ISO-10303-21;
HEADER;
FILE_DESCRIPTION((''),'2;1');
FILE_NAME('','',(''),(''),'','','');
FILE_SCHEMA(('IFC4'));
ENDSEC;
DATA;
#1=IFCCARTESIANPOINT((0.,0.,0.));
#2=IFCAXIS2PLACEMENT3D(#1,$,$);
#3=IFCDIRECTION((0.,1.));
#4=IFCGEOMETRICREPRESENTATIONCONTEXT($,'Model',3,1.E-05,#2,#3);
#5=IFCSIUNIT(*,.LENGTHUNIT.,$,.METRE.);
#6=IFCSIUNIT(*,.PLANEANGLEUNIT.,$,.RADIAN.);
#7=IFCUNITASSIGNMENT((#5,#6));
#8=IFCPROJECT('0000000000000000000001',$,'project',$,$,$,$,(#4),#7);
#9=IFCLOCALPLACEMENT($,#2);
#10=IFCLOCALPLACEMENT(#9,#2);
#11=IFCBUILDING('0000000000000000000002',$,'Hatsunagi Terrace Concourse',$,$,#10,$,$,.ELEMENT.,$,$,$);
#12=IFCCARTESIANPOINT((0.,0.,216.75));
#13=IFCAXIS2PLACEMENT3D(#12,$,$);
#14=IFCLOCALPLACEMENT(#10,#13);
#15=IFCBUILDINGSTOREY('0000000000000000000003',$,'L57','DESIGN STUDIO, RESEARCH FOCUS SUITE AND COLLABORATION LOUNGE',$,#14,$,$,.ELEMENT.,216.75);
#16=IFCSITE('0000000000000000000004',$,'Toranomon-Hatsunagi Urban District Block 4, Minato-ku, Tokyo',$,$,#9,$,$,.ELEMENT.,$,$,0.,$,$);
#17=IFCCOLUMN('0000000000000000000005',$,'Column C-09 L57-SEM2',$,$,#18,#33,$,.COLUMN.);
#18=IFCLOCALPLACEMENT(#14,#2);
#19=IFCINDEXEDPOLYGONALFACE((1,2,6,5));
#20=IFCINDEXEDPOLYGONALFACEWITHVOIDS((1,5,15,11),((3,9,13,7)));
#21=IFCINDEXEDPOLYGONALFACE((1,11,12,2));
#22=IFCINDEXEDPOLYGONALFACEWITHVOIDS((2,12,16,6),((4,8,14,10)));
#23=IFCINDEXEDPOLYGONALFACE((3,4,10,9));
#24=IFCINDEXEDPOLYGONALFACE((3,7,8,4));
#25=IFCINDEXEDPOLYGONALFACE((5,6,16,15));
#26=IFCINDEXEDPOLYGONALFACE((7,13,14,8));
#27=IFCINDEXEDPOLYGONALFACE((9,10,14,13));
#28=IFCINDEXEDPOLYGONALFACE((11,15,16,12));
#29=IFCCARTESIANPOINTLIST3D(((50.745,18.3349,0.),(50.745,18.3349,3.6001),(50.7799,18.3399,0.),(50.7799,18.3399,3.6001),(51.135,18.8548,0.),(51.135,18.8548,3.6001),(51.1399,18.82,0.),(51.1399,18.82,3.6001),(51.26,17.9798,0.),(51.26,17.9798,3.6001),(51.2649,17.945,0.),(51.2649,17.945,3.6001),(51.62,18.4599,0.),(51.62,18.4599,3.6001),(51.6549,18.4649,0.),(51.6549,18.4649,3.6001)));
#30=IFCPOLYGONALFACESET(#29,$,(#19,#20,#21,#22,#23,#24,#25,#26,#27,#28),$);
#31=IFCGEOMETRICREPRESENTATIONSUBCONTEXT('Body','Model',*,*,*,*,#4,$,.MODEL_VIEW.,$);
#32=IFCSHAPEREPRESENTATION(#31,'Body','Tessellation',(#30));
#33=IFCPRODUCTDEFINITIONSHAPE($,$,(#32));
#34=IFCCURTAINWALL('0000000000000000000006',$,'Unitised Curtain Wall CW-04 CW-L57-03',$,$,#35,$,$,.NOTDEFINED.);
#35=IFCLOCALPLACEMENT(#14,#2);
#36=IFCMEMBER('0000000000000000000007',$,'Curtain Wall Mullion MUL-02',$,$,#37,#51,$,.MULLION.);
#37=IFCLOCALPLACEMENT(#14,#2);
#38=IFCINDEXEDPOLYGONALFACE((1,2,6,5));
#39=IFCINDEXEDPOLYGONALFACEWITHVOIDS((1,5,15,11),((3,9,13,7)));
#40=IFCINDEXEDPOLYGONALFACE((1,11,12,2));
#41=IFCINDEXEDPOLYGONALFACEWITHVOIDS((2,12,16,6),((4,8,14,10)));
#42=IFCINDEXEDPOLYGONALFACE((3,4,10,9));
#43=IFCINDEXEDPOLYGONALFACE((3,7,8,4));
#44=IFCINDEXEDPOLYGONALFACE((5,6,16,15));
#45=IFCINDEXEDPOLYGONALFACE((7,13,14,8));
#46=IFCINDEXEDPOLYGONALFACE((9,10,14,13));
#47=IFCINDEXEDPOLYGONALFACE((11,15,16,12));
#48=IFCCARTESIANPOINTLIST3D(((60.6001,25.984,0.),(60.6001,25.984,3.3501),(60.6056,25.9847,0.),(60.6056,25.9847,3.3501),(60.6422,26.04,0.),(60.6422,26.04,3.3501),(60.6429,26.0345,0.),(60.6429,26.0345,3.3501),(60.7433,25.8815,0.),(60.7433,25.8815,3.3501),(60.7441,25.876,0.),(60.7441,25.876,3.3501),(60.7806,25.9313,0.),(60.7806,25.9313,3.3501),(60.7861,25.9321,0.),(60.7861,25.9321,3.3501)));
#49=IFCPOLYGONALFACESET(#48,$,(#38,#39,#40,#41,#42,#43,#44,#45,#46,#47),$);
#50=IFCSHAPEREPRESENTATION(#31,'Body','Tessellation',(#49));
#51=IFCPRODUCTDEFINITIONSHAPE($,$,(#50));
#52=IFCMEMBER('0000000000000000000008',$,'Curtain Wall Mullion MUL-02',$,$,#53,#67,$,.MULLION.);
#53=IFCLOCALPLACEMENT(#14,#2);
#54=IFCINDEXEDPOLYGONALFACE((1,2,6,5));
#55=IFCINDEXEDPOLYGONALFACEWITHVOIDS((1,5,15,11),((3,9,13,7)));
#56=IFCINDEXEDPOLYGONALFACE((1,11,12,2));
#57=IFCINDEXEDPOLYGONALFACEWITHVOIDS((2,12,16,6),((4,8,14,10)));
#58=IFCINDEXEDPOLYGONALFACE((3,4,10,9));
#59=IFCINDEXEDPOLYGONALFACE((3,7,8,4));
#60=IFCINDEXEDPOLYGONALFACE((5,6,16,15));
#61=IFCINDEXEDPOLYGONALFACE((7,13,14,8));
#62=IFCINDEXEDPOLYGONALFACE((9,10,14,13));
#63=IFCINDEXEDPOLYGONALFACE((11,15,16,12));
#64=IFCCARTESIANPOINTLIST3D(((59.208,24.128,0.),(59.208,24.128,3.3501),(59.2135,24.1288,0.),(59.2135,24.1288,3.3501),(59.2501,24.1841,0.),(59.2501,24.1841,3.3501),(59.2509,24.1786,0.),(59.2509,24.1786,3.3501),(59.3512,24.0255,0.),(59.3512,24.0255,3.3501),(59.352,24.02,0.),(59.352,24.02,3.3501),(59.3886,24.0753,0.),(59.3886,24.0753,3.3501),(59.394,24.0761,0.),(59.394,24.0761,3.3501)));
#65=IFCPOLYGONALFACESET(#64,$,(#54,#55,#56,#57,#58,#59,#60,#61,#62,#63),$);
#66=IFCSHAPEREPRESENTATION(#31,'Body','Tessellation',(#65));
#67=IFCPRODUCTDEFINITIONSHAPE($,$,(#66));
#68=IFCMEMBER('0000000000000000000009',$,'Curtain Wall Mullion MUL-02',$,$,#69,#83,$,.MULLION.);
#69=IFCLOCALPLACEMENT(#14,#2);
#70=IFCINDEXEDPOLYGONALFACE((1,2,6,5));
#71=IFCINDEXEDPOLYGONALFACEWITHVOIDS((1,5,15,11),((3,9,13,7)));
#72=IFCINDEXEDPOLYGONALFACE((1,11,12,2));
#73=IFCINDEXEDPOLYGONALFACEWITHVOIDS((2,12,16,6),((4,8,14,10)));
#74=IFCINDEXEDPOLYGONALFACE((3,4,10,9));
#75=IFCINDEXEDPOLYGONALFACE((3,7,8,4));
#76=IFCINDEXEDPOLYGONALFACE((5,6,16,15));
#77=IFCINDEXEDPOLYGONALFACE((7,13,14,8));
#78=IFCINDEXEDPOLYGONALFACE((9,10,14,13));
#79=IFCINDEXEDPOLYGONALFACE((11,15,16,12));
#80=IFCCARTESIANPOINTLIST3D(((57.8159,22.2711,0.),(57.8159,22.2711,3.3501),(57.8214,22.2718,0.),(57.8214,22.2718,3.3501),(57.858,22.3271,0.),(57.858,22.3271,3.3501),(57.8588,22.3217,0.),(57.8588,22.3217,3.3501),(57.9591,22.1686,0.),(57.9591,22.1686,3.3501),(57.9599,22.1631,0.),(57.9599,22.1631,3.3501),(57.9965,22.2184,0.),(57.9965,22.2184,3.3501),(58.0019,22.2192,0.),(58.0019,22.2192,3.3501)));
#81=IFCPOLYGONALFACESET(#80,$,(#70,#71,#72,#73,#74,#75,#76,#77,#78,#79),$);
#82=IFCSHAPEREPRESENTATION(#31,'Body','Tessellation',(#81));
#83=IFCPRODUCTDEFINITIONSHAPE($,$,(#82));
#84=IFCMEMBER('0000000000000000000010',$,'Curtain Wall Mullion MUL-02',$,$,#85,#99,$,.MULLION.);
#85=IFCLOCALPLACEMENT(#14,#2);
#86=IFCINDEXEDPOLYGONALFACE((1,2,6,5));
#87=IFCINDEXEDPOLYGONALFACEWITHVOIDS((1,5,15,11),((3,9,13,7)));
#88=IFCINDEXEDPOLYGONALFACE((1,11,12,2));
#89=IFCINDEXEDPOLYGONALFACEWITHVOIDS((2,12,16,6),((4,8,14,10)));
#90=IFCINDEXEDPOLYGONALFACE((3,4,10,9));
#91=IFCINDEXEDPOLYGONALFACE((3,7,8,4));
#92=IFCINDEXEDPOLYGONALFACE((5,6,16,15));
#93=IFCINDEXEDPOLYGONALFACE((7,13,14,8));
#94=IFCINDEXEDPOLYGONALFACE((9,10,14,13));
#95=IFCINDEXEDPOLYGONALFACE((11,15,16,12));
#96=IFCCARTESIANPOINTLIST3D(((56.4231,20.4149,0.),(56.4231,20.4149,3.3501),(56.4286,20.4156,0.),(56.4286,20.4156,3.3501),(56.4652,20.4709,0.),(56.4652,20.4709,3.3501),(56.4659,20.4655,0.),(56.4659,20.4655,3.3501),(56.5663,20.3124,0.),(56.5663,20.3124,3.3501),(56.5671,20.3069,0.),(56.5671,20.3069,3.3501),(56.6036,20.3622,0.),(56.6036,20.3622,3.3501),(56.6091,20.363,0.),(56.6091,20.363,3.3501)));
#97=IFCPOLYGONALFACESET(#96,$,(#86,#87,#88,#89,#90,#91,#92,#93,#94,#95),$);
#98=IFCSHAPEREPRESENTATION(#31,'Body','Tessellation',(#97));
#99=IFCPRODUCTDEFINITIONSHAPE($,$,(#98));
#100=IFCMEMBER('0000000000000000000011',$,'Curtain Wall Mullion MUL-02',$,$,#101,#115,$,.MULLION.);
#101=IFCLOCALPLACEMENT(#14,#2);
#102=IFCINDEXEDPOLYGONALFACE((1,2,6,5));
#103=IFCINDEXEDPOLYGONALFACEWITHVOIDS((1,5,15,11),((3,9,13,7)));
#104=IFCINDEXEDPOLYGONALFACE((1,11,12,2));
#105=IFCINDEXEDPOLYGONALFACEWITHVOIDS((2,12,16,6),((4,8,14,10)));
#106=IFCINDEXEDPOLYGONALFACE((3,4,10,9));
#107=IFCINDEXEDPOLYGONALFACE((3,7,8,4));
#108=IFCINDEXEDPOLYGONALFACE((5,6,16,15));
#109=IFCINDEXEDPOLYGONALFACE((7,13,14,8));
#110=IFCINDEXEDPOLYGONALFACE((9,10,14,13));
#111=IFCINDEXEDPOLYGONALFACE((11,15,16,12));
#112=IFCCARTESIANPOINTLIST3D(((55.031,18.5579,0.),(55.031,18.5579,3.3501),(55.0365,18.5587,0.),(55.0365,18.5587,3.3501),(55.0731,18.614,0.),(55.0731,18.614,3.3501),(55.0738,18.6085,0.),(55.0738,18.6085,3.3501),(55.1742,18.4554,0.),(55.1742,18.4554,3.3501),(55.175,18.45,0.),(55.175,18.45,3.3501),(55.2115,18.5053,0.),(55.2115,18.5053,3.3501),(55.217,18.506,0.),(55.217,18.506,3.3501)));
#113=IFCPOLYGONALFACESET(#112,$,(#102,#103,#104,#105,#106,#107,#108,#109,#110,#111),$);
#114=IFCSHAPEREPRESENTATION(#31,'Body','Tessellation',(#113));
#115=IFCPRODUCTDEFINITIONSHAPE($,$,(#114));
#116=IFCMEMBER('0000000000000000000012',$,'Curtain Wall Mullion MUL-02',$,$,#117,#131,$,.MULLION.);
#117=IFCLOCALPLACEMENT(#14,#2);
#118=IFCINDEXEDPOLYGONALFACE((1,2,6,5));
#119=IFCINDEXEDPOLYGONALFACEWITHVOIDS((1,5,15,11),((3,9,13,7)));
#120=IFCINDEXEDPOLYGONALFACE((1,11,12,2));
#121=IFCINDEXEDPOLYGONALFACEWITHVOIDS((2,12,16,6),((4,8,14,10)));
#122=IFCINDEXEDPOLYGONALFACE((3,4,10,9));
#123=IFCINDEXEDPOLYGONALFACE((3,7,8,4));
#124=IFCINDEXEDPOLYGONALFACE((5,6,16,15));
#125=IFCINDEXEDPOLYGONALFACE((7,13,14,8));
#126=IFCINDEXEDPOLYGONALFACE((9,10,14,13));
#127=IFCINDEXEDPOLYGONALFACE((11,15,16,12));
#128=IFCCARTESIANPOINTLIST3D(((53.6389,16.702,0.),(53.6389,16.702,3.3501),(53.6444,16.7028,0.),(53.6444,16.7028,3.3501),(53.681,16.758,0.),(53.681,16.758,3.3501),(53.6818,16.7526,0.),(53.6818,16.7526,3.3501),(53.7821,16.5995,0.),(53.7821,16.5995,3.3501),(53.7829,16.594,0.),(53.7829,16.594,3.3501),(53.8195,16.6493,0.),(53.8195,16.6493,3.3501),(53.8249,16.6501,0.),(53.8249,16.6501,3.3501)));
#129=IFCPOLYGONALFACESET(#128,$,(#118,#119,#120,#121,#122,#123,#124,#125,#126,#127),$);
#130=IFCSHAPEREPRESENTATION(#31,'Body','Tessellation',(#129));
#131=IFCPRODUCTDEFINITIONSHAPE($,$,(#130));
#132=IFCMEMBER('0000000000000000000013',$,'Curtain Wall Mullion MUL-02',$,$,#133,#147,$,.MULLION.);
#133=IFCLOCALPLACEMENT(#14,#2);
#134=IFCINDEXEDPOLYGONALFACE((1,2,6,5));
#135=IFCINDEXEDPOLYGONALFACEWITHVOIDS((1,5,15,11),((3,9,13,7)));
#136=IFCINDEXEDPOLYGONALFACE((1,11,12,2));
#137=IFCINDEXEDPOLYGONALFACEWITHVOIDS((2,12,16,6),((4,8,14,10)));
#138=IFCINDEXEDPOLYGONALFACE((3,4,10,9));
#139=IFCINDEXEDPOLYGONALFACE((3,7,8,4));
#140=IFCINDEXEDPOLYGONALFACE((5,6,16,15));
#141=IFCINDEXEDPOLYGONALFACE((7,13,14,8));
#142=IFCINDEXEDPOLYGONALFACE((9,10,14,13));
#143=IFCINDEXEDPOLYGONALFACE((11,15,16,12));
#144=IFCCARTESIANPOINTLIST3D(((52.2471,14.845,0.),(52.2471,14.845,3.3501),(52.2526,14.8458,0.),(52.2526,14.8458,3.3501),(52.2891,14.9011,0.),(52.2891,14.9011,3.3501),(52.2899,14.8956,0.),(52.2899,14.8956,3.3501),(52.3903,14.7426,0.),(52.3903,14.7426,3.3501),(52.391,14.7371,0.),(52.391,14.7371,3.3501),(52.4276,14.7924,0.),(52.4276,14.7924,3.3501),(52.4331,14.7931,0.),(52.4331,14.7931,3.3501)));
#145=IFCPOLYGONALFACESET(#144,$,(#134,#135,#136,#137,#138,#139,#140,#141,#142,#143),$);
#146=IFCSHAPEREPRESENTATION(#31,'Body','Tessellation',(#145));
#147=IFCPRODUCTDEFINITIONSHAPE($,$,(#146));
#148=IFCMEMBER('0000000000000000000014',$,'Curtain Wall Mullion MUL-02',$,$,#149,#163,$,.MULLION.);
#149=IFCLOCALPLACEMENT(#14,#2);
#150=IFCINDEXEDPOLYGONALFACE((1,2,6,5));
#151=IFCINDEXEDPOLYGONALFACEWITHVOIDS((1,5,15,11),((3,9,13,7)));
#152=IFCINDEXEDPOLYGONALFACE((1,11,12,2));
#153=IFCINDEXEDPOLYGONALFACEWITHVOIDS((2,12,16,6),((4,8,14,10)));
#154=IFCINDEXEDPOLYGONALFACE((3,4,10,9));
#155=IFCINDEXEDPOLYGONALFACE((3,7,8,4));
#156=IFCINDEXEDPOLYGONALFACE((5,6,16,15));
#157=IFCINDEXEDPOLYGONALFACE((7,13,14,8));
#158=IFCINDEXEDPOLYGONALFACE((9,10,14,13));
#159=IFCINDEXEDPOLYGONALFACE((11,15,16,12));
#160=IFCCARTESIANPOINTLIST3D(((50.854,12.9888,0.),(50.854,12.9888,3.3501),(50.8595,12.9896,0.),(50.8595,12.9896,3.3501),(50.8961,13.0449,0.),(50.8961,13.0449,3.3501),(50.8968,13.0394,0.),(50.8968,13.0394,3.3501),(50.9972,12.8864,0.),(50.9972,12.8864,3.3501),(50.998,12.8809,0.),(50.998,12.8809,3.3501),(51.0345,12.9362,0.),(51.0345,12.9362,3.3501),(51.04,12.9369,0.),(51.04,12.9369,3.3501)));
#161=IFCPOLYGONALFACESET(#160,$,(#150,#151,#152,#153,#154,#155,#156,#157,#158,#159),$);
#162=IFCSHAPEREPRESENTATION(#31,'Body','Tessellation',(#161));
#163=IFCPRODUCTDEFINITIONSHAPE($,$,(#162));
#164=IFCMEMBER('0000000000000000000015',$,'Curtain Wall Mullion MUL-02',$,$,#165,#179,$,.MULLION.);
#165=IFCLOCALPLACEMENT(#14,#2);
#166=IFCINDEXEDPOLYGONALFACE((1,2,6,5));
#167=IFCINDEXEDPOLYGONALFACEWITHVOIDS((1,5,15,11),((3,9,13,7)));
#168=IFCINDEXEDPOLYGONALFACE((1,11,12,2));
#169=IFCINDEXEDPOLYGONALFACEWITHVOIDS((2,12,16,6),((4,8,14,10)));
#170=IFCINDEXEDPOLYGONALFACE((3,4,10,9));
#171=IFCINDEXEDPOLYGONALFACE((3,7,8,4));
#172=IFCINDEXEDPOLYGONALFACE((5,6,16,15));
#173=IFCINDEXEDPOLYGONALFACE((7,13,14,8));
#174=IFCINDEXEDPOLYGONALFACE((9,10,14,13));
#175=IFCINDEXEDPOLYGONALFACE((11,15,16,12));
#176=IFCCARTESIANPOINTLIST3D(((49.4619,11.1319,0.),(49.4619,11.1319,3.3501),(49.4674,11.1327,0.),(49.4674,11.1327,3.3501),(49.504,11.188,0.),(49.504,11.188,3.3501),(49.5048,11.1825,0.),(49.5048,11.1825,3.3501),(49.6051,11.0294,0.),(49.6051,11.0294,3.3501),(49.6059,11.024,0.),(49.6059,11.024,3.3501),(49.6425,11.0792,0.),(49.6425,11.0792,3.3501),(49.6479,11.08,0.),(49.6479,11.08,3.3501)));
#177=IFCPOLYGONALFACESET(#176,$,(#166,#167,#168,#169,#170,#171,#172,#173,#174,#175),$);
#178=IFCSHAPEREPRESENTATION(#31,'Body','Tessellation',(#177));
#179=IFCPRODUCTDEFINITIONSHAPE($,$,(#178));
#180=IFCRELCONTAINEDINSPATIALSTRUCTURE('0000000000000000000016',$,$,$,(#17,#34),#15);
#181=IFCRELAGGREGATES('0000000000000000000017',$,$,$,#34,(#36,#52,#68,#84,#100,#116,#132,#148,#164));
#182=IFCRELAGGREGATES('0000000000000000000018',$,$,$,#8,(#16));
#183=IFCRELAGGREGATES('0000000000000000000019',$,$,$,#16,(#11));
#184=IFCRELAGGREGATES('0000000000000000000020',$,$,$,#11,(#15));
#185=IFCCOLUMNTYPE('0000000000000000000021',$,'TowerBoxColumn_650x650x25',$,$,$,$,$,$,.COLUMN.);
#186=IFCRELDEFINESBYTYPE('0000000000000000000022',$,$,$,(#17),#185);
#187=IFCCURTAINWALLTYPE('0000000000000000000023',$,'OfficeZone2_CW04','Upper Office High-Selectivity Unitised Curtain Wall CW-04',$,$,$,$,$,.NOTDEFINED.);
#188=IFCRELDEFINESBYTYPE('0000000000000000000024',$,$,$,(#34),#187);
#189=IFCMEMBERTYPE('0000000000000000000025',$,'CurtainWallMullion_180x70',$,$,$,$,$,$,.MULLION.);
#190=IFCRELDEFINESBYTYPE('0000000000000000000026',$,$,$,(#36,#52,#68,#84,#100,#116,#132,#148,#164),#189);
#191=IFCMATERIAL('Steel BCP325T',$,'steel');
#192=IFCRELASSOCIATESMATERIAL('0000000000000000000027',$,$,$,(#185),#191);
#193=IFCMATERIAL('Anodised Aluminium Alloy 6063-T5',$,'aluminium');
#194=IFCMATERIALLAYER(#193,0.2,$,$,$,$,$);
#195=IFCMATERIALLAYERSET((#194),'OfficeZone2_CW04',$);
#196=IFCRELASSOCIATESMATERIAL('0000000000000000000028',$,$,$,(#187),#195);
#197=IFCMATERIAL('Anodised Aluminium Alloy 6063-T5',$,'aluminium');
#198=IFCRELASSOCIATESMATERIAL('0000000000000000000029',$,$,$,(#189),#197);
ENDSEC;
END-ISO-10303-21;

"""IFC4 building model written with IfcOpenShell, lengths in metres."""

from ifc_helpers import new_model, si_unit, direction, frame, origin, origin_2d, place, context, subcontext, project, spatial, hollow_rectangle, extrude, material, layer, layer_set, material_profile, profile_set, type_object, element, aggregate, save


model = new_model("IFC4")

# Units and contexts
model_context = context("Model", 3, precision=1e-05, world=origin(), true_north=direction((0.0, 1.0)))
body_context = subcontext(model_context, "Body", "Model", "MODEL_VIEW")
ifc_project = project(units=[si_unit("LENGTHUNIT", "METRE"), si_unit("PLANEANGLEUNIT", "RADIAN")], contexts=[model_context])

# Site, building, storey
site_placement = place(None, origin())
site = spatial("IfcSite", under=ifc_project, at=site_placement, Name="Toranomon-Hatsunagi Urban District Block 4, Minato-ku, Tokyo", CompositionType="ELEMENT", RefElevation=0.0)
building_placement = place(site_placement, origin())
building = spatial("IfcBuilding", under=site, at=building_placement, Name="Hatsunagi Terrace Concourse", CompositionType="ELEMENT")
storey_placement = place(building_placement, frame((0.0, 0.0, 216.75)))
storey = spatial("IfcBuildingStorey", under=building, at=storey_placement, Name="L57", Description="DESIGN STUDIO, RESEARCH FOCUS SUITE AND COLLABORATION LOUNGE", CompositionType="ELEMENT", Elevation=216.75)

# Column
ifc_material_1 = material(Name="Steel BCP325T", Category="steel")
ifc_material_profile_1 = material_profile(ifc_material_1, hollow_rectangle(XDim=0.6499, YDim=0.6499, WallThickness=0.0249, at=origin_2d()), Name="BCP-650x650x25")
ifc_profile_set_1 = profile_set([ifc_material_profile_1], Name="Steel BCP325T")
column_type = type_object("IfcColumnType", Name="TowerBoxColumn_650x650x25", PredefinedType="COLUMN", material=ifc_profile_set_1)
column_placement = place(storey_placement, frame((51.2, 18.3999, 0.0), z_axis=(0.0, 0.0, 1.0), x_axis=(0.8, -0.6, 0.0)))
element("IfcColumn", 1, at=column_placement, inside=storey, type_object=column_type, Name="Column C-09 L57-SEM2", PredefinedType="COLUMN", context=body_context, shape_type="SweptSolid", body=[
    extrude(hollow_rectangle(XDim=0.6499, YDim=0.6499, WallThickness=0.0249, at=origin_2d()), origin(), (0.0, 0.0, 1.0), 3.6001),
])

# Curtain wall, members
ifc_material_2 = material(Name="Anodised Aluminium Alloy 6063-T5", Category="aluminium")
ifc_layer_1 = layer(ifc_material_2, 0.2)
ifc_layer_set_1 = layer_set([ifc_layer_1], Name="OfficeZone2_CW04")
curtain_wall_type = type_object("IfcCurtainWallType", Name="OfficeZone2_CW04", Description="Upper Office High-Selectivity Unitised Curtain Wall CW-04", PredefinedType="NOTDEFINED", material=ifc_layer_set_1)
curtain_wall_placement = place(storey_placement, origin())
curtain_wall = element("IfcCurtainWall", 2, at=curtain_wall_placement, inside=storey, type_object=curtain_wall_type, Name="Unitised Curtain Wall CW-04 CW-L57-03", PredefinedType="NOTDEFINED")
ifc_material_3 = material(Name="Anodised Aluminium Alloy 6063-T5", Category="aluminium")
ifc_material_profile_2 = material_profile(ifc_material_3, hollow_rectangle(XDim=0.0701, YDim=0.1799, WallThickness=0.0039, at=origin_2d()), Name="ALU-MUL-180x70x4")
ifc_profile_set_2 = profile_set([ifc_material_profile_2], Name="Anodised Aluminium Alloy 6063-T5")
member_type_1 = type_object("IfcMemberType", Name="CurtainWallMullion_180x70", PredefinedType="MULLION", material=ifc_profile_set_2)
member_1_placement = place(storey_placement, frame((60.6931, 25.958, 0.0), z_axis=(0.0, 0.0, 1.0), x_axis=(-0.599969, -0.800023, 0.0)))
member_1 = element("IfcMember", 3, at=member_1_placement, type_object=member_type_1, Name="Curtain Wall Mullion MUL-02", PredefinedType="MULLION", context=body_context, shape_type="SweptSolid", body=[
    extrude(hollow_rectangle(XDim=0.0701, YDim=0.1799, WallThickness=0.0039, at=origin_2d()), origin(), (0.0, 0.0, 1.0), 3.3501),
])
member_2_placement = place(storey_placement, frame((59.301, 24.1021, 0.0), z_axis=(0.0, 0.0, 1.0), x_axis=(-0.599969, -0.800023, 0.0)))
member_2 = element("IfcMember", 4, at=member_2_placement, type_object=member_type_1, Name="Curtain Wall Mullion MUL-02", PredefinedType="MULLION", context=body_context, shape_type="SweptSolid", body=[
    extrude(hollow_rectangle(XDim=0.0701, YDim=0.1799, WallThickness=0.0039, at=origin_2d()), origin(), (0.0, 0.0, 1.0), 3.3501),
])
member_3_placement = place(storey_placement, frame((57.9089, 22.2451, 0.0), z_axis=(0.0, 0.0, 1.0), x_axis=(-0.599969, -0.800023, 0.0)))
member_3 = element("IfcMember", 5, at=member_3_placement, type_object=member_type_1, Name="Curtain Wall Mullion MUL-02", PredefinedType="MULLION", context=body_context, shape_type="SweptSolid", body=[
    extrude(hollow_rectangle(XDim=0.0701, YDim=0.1799, WallThickness=0.0039, at=origin_2d()), origin(), (0.0, 0.0, 1.0), 3.3501),
])
member_4_placement = place(storey_placement, frame((56.5161, 20.3889, 0.0), z_axis=(0.0, 0.0, 1.0), x_axis=(-0.599969, -0.800023, 0.0)))
member_4 = element("IfcMember", 6, at=member_4_placement, type_object=member_type_1, Name="Curtain Wall Mullion MUL-02", PredefinedType="MULLION", context=body_context, shape_type="SweptSolid", body=[
    extrude(hollow_rectangle(XDim=0.0701, YDim=0.1799, WallThickness=0.0039, at=origin_2d()), origin(), (0.0, 0.0, 1.0), 3.3501),
])
member_5_placement = place(storey_placement, frame((55.124, 18.532, 0.0), z_axis=(0.0, 0.0, 1.0), x_axis=(-0.599969, -0.800023, 0.0)))
member_5 = element("IfcMember", 7, at=member_5_placement, type_object=member_type_1, Name="Curtain Wall Mullion MUL-02", PredefinedType="MULLION", context=body_context, shape_type="SweptSolid", body=[
    extrude(hollow_rectangle(XDim=0.0701, YDim=0.1799, WallThickness=0.0039, at=origin_2d()), origin(), (0.0, 0.0, 1.0), 3.3501),
])
member_6_placement = place(storey_placement, frame((53.7319, 16.676, 0.0), z_axis=(0.0, 0.0, 1.0), x_axis=(-0.599969, -0.800023, 0.0)))
member_6 = element("IfcMember", 8, at=member_6_placement, type_object=member_type_1, Name="Curtain Wall Mullion MUL-02", PredefinedType="MULLION", context=body_context, shape_type="SweptSolid", body=[
    extrude(hollow_rectangle(XDim=0.0701, YDim=0.1799, WallThickness=0.0039, at=origin_2d()), origin(), (0.0, 0.0, 1.0), 3.3501),
])
member_7_placement = place(storey_placement, frame((52.3401, 14.8191, 0.0), z_axis=(0.0, 0.0, 1.0), x_axis=(-0.599969, -0.800023, 0.0)))
member_7 = element("IfcMember", 9, at=member_7_placement, type_object=member_type_1, Name="Curtain Wall Mullion MUL-02", PredefinedType="MULLION", context=body_context, shape_type="SweptSolid", body=[
    extrude(hollow_rectangle(XDim=0.0701, YDim=0.1799, WallThickness=0.0039, at=origin_2d()), origin(), (0.0, 0.0, 1.0), 3.3501),
])
member_8_placement = place(storey_placement, frame((50.947, 12.9629, 0.0), z_axis=(0.0, 0.0, 1.0), x_axis=(-0.599969, -0.800023, 0.0)))
member_8 = element("IfcMember", 10, at=member_8_placement, type_object=member_type_1, Name="Curtain Wall Mullion MUL-02", PredefinedType="MULLION", context=body_context, shape_type="SweptSolid", body=[
    extrude(hollow_rectangle(XDim=0.0701, YDim=0.1799, WallThickness=0.0039, at=origin_2d()), origin(), (0.0, 0.0, 1.0), 3.3501),
])
member_9_placement = place(storey_placement, frame((49.5549, 11.106, 0.0), z_axis=(0.0, 0.0, 1.0), x_axis=(-0.599969, -0.800023, 0.0)))
member_9 = element("IfcMember", 11, at=member_9_placement, type_object=member_type_1, Name="Curtain Wall Mullion MUL-02", PredefinedType="MULLION", context=body_context, shape_type="SweptSolid", body=[
    extrude(hollow_rectangle(XDim=0.0701, YDim=0.1799, WallThickness=0.0039, at=origin_2d()), origin(), (0.0, 0.0, 1.0), 3.3501),
])

aggregate(curtain_wall, [member_1, member_2, member_3, member_4, member_5, member_6, member_7, member_8, member_9])

save(model, "model.ifc")
